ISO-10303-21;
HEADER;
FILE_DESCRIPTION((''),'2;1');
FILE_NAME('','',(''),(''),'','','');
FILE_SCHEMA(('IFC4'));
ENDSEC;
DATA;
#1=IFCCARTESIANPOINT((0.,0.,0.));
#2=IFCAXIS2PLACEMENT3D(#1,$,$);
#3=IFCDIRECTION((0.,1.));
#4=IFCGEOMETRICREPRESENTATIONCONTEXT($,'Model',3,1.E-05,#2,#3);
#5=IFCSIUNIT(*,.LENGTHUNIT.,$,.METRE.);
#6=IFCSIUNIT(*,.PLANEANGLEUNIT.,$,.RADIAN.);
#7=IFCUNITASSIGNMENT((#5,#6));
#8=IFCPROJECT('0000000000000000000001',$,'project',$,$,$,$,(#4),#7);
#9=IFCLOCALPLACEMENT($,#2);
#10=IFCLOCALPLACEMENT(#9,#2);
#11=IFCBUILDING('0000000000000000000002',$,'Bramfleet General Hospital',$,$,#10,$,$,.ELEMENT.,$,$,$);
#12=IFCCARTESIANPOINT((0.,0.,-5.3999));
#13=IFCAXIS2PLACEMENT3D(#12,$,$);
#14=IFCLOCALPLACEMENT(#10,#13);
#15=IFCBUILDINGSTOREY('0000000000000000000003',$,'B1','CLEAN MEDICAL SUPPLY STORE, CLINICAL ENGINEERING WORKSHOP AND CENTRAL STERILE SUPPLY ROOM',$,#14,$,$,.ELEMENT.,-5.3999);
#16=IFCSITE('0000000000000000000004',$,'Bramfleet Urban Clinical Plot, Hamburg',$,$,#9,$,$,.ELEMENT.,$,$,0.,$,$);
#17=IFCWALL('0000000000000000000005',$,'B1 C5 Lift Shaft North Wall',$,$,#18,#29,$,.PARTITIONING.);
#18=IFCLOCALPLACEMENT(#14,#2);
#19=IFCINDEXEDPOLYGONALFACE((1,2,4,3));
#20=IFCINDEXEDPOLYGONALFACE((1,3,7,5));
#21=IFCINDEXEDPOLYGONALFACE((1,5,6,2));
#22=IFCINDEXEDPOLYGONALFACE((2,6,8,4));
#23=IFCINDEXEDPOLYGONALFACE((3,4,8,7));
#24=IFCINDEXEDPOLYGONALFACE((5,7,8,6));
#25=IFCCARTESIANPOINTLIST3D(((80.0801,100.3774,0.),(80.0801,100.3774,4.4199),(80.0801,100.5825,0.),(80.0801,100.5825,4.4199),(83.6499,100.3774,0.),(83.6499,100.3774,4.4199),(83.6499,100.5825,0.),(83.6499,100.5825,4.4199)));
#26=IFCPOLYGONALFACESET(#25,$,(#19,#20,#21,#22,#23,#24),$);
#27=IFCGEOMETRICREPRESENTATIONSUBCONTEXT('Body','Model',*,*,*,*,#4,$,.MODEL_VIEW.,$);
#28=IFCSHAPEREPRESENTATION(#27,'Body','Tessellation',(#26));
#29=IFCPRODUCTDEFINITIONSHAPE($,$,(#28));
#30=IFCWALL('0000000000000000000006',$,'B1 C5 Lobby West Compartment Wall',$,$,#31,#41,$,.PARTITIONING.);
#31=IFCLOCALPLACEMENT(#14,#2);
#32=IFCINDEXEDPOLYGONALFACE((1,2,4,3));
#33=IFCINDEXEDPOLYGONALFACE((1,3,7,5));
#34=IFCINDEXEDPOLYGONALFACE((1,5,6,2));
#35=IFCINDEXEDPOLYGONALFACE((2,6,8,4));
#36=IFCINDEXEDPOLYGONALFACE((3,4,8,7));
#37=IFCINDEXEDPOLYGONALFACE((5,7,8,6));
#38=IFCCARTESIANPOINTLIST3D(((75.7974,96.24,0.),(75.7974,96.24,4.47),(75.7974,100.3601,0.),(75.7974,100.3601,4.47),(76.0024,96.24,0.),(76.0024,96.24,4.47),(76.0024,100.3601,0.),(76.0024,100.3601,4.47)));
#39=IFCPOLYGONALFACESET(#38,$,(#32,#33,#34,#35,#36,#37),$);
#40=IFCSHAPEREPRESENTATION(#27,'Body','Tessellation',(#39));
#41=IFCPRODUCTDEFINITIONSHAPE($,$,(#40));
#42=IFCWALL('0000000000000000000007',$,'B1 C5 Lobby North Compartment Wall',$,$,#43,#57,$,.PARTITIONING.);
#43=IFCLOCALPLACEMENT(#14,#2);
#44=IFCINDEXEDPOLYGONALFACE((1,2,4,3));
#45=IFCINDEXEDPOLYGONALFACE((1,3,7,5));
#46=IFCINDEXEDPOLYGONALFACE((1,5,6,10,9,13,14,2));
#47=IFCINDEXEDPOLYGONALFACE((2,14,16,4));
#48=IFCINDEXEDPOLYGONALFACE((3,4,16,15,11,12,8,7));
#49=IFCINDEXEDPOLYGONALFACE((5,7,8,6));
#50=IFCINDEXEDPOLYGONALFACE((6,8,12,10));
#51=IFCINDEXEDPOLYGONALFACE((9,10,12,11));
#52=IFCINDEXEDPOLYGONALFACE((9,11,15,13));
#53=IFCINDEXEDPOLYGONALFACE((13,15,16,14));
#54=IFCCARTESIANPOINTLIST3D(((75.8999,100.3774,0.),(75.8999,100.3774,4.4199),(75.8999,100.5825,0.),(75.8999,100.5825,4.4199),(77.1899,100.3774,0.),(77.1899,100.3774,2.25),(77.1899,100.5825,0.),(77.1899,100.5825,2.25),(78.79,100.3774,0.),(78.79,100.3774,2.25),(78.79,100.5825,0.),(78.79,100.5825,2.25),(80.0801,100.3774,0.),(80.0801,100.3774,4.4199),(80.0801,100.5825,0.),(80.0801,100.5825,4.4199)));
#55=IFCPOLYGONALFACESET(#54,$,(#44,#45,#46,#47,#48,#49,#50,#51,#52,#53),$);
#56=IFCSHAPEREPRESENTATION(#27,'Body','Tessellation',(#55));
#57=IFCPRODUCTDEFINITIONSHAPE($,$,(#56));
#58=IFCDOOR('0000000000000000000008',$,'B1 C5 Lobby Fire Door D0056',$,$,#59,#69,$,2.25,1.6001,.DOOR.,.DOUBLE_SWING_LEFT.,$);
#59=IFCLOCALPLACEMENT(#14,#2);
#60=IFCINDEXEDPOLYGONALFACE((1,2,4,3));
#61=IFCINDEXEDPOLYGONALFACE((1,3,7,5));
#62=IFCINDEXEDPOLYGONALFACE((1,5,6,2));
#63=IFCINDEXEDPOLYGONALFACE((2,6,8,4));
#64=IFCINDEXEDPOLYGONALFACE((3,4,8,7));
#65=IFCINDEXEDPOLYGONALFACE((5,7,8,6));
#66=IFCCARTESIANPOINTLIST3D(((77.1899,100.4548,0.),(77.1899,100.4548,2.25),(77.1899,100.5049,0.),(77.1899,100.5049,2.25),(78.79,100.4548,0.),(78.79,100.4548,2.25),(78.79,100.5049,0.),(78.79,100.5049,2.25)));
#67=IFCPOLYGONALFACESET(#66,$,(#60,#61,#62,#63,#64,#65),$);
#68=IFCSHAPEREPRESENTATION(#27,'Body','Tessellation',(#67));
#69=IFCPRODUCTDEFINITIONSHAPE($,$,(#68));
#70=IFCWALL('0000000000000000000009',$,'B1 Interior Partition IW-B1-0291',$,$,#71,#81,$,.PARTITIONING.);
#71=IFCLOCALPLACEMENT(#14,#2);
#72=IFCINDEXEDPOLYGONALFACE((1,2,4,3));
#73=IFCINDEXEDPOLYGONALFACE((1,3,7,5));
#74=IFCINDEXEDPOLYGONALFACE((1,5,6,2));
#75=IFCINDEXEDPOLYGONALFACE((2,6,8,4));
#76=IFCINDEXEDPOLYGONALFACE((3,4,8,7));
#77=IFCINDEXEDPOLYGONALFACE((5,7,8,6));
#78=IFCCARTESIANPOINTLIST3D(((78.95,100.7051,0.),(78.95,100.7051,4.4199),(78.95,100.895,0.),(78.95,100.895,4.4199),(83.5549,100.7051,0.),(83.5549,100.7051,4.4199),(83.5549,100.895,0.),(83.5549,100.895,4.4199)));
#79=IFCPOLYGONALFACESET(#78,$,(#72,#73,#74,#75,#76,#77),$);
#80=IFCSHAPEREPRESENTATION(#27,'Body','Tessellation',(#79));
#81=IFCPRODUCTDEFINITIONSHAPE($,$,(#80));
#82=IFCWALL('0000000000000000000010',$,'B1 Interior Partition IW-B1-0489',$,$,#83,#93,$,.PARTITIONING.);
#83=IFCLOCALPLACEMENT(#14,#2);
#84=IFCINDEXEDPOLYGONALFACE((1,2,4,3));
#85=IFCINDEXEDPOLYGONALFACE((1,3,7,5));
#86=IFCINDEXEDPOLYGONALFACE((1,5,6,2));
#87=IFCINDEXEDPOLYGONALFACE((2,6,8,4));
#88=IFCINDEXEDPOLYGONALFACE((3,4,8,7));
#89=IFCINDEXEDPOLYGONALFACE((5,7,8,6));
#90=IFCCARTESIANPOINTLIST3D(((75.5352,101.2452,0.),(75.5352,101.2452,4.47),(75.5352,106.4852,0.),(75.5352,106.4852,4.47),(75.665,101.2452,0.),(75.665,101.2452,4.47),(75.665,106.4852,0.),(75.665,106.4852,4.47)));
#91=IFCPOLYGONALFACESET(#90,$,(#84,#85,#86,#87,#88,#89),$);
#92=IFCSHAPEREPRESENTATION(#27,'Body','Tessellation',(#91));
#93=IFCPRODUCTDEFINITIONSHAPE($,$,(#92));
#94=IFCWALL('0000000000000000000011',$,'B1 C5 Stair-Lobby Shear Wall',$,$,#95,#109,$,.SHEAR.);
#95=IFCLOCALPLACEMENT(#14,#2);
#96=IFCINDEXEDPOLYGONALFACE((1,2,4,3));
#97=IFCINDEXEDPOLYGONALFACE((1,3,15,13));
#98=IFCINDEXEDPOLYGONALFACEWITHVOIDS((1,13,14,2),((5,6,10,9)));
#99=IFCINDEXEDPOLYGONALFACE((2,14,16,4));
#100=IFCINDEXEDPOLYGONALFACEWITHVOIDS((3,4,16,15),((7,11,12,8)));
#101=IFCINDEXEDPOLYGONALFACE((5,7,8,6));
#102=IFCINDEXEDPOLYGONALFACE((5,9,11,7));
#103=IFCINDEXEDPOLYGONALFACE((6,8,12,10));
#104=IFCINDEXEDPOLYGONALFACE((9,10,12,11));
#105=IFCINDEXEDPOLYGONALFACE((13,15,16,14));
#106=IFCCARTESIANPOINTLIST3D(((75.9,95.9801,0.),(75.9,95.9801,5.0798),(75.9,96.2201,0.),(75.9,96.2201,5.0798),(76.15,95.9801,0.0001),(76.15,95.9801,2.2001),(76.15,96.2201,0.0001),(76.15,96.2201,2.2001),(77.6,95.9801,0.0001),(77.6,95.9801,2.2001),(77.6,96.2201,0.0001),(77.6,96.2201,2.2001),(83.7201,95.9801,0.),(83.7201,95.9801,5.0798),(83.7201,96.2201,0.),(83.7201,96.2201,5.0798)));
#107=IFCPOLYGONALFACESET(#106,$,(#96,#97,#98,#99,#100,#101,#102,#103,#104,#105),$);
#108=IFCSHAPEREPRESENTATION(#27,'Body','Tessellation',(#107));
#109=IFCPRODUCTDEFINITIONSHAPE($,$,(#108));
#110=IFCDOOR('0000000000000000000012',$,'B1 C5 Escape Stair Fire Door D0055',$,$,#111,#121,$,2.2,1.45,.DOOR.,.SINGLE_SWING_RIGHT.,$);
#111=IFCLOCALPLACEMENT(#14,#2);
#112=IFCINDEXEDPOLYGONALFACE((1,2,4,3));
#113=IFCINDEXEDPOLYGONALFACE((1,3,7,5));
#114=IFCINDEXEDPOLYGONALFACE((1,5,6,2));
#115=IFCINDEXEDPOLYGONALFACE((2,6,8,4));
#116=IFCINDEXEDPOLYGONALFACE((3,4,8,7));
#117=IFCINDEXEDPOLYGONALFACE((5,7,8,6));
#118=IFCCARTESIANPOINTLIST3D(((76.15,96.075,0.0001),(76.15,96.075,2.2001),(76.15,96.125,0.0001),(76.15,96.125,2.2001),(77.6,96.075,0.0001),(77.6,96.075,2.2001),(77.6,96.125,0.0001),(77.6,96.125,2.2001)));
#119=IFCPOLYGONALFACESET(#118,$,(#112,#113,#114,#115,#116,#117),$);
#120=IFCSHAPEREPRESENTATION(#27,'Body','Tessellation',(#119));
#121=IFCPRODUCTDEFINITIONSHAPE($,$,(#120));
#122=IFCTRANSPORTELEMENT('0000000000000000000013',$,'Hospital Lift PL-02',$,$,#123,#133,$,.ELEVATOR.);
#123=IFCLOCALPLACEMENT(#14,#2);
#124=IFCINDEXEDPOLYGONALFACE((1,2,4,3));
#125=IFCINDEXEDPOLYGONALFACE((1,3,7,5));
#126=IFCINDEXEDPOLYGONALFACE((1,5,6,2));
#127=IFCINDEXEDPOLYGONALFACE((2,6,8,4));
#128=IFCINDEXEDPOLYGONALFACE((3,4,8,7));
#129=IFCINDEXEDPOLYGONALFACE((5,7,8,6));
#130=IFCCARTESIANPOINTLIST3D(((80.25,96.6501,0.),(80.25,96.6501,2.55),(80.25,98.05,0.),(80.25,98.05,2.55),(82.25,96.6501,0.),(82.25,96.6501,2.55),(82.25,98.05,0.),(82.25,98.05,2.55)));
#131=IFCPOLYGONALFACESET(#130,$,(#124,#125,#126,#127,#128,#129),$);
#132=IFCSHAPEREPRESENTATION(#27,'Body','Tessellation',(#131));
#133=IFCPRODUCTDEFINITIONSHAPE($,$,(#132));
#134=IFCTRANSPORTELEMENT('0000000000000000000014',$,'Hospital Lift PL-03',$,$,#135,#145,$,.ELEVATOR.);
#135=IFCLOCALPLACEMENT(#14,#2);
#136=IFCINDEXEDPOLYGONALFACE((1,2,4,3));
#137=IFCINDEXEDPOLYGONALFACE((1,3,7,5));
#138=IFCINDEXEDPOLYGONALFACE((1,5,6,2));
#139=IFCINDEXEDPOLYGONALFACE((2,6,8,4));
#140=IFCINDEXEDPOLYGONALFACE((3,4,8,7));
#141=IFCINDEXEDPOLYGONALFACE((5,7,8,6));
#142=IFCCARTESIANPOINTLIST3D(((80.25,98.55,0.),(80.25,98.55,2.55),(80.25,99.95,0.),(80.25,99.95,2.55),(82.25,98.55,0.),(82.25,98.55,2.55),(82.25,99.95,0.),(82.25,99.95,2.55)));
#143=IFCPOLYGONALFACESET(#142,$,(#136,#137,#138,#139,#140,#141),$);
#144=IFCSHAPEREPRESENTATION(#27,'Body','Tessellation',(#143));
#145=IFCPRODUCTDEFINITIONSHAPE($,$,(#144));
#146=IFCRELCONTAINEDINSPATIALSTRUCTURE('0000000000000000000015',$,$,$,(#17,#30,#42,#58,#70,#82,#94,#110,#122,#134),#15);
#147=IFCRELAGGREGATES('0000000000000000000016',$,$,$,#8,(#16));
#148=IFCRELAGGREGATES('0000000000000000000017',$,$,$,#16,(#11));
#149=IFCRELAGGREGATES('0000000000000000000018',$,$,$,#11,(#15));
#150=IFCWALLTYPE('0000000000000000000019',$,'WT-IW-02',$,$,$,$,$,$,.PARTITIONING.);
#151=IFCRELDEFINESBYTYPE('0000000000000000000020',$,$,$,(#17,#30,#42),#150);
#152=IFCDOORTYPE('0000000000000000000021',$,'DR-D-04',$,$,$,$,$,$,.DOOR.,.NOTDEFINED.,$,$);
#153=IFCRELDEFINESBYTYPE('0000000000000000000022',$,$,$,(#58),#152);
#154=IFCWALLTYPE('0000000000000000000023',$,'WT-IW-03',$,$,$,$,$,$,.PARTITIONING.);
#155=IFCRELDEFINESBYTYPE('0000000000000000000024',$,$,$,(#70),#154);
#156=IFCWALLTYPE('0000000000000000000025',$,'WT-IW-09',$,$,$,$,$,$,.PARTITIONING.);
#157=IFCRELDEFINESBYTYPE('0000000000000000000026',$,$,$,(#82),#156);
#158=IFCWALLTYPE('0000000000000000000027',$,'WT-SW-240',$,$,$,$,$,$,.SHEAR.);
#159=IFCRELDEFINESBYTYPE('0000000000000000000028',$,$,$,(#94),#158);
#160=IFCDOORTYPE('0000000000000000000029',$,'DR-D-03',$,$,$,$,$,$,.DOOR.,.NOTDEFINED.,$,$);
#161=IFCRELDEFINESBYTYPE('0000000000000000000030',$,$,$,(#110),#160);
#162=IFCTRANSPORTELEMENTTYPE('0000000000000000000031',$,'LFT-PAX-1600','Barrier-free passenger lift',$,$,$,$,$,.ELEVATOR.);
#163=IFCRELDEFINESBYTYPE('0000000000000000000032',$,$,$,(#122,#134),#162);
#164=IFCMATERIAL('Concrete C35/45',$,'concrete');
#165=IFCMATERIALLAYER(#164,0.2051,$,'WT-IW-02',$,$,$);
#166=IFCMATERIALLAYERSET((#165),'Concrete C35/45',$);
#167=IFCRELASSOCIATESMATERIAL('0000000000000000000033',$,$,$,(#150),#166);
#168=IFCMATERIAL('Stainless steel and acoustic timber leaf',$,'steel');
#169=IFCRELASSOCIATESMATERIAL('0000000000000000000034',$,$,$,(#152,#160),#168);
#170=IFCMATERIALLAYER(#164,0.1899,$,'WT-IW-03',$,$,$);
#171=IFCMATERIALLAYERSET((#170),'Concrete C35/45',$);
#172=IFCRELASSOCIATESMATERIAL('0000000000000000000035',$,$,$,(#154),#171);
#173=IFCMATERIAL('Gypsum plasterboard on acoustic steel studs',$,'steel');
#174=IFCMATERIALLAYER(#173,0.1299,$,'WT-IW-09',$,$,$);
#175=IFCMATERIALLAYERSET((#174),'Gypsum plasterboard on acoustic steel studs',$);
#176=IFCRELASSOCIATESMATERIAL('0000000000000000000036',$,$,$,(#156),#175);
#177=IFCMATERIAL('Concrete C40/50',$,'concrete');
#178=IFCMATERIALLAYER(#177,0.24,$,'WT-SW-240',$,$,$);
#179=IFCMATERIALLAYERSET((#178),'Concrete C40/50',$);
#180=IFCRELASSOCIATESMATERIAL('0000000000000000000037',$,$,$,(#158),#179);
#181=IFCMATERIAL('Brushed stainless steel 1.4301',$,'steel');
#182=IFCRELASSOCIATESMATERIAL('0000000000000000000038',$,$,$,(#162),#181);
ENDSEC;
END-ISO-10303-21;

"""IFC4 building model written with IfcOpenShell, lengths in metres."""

from ifc_helpers import new_model, si_unit, direction, frame, frame_2d, origin, origin_2d, place, context, subcontext, project, spatial, rectangle, extrude, material, layer, layer_set, type_object, element, fill, save


model = new_model("IFC4")

# Units and contexts
model_context = context("Model", 3, precision=1e-05, world=origin(), true_north=direction((0.0, 1.0)))
body_context = subcontext(model_context, "Body", "Model", "MODEL_VIEW")
ifc_project = project(units=[si_unit("LENGTHUNIT", "METRE"), si_unit("PLANEANGLEUNIT", "RADIAN")], contexts=[model_context])

# Site, building, storey
site_placement = place(None, origin())
site = spatial("IfcSite", under=ifc_project, at=site_placement, Name="Bramfleet Urban Clinical Plot, Hamburg", CompositionType="ELEMENT", RefElevation=0.0)
building_placement = place(site_placement, origin())
building = spatial("IfcBuilding", under=site, at=building_placement, Name="Bramfleet General Hospital", CompositionType="ELEMENT")
storey_placement = place(building_placement, frame((0.0, 0.0, -5.3999)))
storey = spatial("IfcBuildingStorey", under=building, at=storey_placement, Name="B1", Description="CLEAN MEDICAL SUPPLY STORE, CLINICAL ENGINEERING WORKSHOP AND CENTRAL STERILE SUPPLY ROOM", CompositionType="ELEMENT", Elevation=-5.3999)

# Shared definitions
ifc_material_1 = material(Name="Concrete C35/45", Category="concrete")

# Shared definitions
ifc_material_2 = material(Name="Concrete C40/50", Category="concrete")

# Shared definitions
ifc_layer_1 = layer(ifc_material_1, 0.2051, Name="WT-IW-02")
ifc_layer_set_1 = layer_set([ifc_layer_1], Name="Concrete C35/45")
wall_type_1 = type_object("IfcWallType", Name="WT-IW-02", PredefinedType="PARTITIONING", material=ifc_layer_set_1)
ifc_material_3 = material(Name="Brushed stainless steel 1.4301", Category="steel")

# Walls
wall_1_placement = place(storey_placement, frame((80.0801, 100.48, 0.0), z_axis=(0.0, 0.0, 1.0), x_axis=(1.0, 0.0, 0.0)))
element("IfcWall", 1, at=wall_1_placement, inside=storey, type_object=wall_type_1, Name="B1 C5 Lift Shaft North Wall", PredefinedType="PARTITIONING", context=body_context, shape_type="SweptSolid", body=[
    extrude(rectangle(XDim=3.5698, YDim=0.2051, at=frame_2d((1.7849, 0.0))), origin(), (0.0, 0.0, 1.0), 4.4199),
])
wall_2_placement = place(storey_placement, frame((75.8999, 96.24, 0.0), z_axis=(0.0, 0.0, 1.0), x_axis=(0.0, 1.0, 0.0)))
element("IfcWall", 2, at=wall_2_placement, inside=storey, type_object=wall_type_1, Name="B1 C5 Lobby West Compartment Wall", PredefinedType="PARTITIONING", context=body_context, shape_type="SweptSolid", body=[
    extrude(rectangle(XDim=4.1201, YDim=0.2051, at=frame_2d((2.0601, 0.0))), origin(), (0.0, 0.0, 1.0), 4.47),
])

# Wall, opening, door
wall_3_placement = place(storey_placement, frame((75.8999, 100.48, 0.0), z_axis=(0.0, 0.0, 1.0), x_axis=(1.0, 0.0, 0.0)))
wall_3 = element("IfcWall", 3, at=wall_3_placement, inside=storey, type_object=wall_type_1, Name="B1 C5 Lobby North Compartment Wall", PredefinedType="PARTITIONING", context=body_context, shape_type="SweptSolid", body=[
    extrude(rectangle(XDim=4.1802, YDim=0.2051, at=frame_2d((2.0901, 0.0))), origin(), (0.0, 0.0, 1.0), 4.4199),
])
opening_1_placement = place(wall_3_placement, frame((1.29, 0.0, 0.0)))
opening_1 = element("IfcOpeningElement", 4, at=opening_1_placement, cuts=wall_3, PredefinedType="OPENING", context=body_context, shape_type="SweptSolid", body=[
    extrude(rectangle(XDim=1.6001, YDim=2.25, at=frame_2d((0.8, 1.125))), frame((0.0, 0.1125, 0.0), z_axis=(0.0, -1.0, 0.0), x_axis=(1.0, 0.0, 0.0)), (0.0, 0.0, 1.0), 0.2251),
])
ifc_material_4 = material(Name="Stainless steel and acoustic timber leaf", Category="steel")
door_type_1 = type_object("IfcDoorType", Name="DR-D-04", OperationType="NOTDEFINED", PredefinedType="DOOR", material=ifc_material_4)
door_1_placement = place(opening_1_placement, origin())
door_1 = element("IfcDoor", 5, at=door_1_placement, inside=storey, type_object=door_type_1, Name="B1 C5 Lobby Fire Door D0056", OperationType="DOUBLE_SWING_LEFT", OverallHeight=2.25, OverallWidth=1.6001, PredefinedType="DOOR", context=body_context, shape_type="SweptSolid", body=[
    extrude(rectangle(XDim=1.6001, YDim=2.25, at=frame_2d((0.8, 1.125))), frame((0.0, 0.0249, 0.0), z_axis=(0.0, -1.0, 0.0), x_axis=(1.0, 0.0, 0.0)), (0.0, 0.0, 1.0), 0.05),
])
fill(opening_1, door_1)

# Walls
ifc_layer_2 = layer(ifc_material_1, 0.1899, Name="WT-IW-03")
ifc_layer_set_2 = layer_set([ifc_layer_2], Name="Concrete C35/45")
wall_type_2 = type_object("IfcWallType", Name="WT-IW-03", PredefinedType="PARTITIONING", material=ifc_layer_set_2)
wall_4_placement = place(storey_placement, frame((78.95, 100.8, 0.0), z_axis=(0.0, 0.0, 1.0), x_axis=(1.0, 0.0, 0.0)))
element("IfcWall", 6, at=wall_4_placement, inside=storey, type_object=wall_type_2, Name="B1 Interior Partition IW-B1-0291", PredefinedType="PARTITIONING", context=body_context, shape_type="SweptSolid", body=[
    extrude(rectangle(XDim=4.605, YDim=0.1899, at=frame_2d((2.3025, 0.0))), origin(), (0.0, 0.0, 1.0), 4.4199),
])
ifc_material_5 = material(Name="Gypsum plasterboard on acoustic steel studs", Category="steel")
ifc_layer_3 = layer(ifc_material_5, 0.1299, Name="WT-IW-09")
ifc_layer_set_3 = layer_set([ifc_layer_3], Name="Gypsum plasterboard on acoustic steel studs")
wall_type_3 = type_object("IfcWallType", Name="WT-IW-09", PredefinedType="PARTITIONING", material=ifc_layer_set_3)
wall_5_placement = place(storey_placement, frame((75.6001, 101.2451, 0.0), z_axis=(0.0, 0.0, 1.0), x_axis=(0.0, 1.0, 0.0)))
element("IfcWall", 7, at=wall_5_placement, inside=storey, type_object=wall_type_3, Name="B1 Interior Partition IW-B1-0489", PredefinedType="PARTITIONING", context=body_context, shape_type="SweptSolid", body=[
    extrude(rectangle(XDim=5.24, YDim=0.1299, at=frame_2d((2.6201, 0.0))), origin(), (0.0, 0.0, 1.0), 4.47),
])

# Wall, opening, door
ifc_layer_4 = layer(ifc_material_2, 0.24, Name="WT-SW-240")
ifc_layer_set_4 = layer_set([ifc_layer_4], Name="Concrete C40/50")
wall_type_4 = type_object("IfcWallType", Name="WT-SW-240", PredefinedType="SHEAR", material=ifc_layer_set_4)
wall_6_placement = place(storey_placement, frame((75.8999, 96.1001, 0.0), z_axis=(0.0, 0.0, 1.0), x_axis=(1.0, 0.0, 0.0)))
wall_6 = element("IfcWall", 8, at=wall_6_placement, inside=storey, type_object=wall_type_4, Name="B1 C5 Stair-Lobby Shear Wall", PredefinedType="SHEAR", context=body_context, shape_type="SweptSolid", body=[
    extrude(rectangle(XDim=7.8201, YDim=0.24, at=frame_2d((3.9102, 0.0))), origin(), (0.0, 0.0, 1.0), 5.0798),
])
opening_2_placement = place(wall_6_placement, frame((0.25, 0.0, 0.0)))
opening_2 = element("IfcOpeningElement", 9, at=opening_2_placement, cuts=wall_6, PredefinedType="OPENING", context=body_context, shape_type="SweptSolid", body=[
    extrude(rectangle(XDim=1.45, YDim=2.2, at=frame_2d((0.7251, 1.1001))), frame((0.0, 0.1299, 0.0), z_axis=(0.0, -1.0, 0.0), x_axis=(1.0, 0.0, 0.0)), (0.0, 0.0, 1.0), 0.26),
])
door_type_2 = type_object("IfcDoorType", Name="DR-D-03", OperationType="NOTDEFINED", PredefinedType="DOOR", material=ifc_material_4)
door_2_placement = place(opening_2_placement, origin())
door_2 = element("IfcDoor", 10, at=door_2_placement, inside=storey, type_object=door_type_2, Name="B1 C5 Escape Stair Fire Door D0055", OperationType="SINGLE_SWING_RIGHT", OverallHeight=2.2, OverallWidth=1.45, PredefinedType="DOOR", context=body_context, shape_type="SweptSolid", body=[
    extrude(rectangle(XDim=1.45, YDim=2.2, at=frame_2d((0.7251, 1.1001))), frame((0.0, 0.0249, 0.0), z_axis=(0.0, -1.0, 0.0), x_axis=(1.0, 0.0, 0.0)), (0.0, 0.0, 1.0), 0.05),
])
fill(opening_2, door_2)

# Transport elements
transport_element_type = type_object("IfcTransportElementType", Name="LFT-PAX-1600", Description="Barrier-free passenger lift", PredefinedType="ELEVATOR", material=ifc_material_3)
for number, where, z_axis, x_axis, name in (
    (11, (81.25, 97.3501, 0.0), (0.0, 0.0, 1.0), (1.0, 0.0, 0.0), "Hospital Lift PL-02"),
    (12, (81.25, 99.25, 0.0), (0.0, 0.0, 1.0), (1.0, 0.0, 0.0), "Hospital Lift PL-03"),
):
    element("IfcTransportElement", number, at=place(storey_placement, frame(where, z_axis=z_axis, x_axis=x_axis)), inside=storey, type_object=transport_element_type, Name=name, PredefinedType="ELEVATOR", context=body_context, shape_type="SweptSolid", body=[
        extrude(rectangle(XDim=2.0, YDim=1.3999, at=origin_2d()), origin(), (0.0, 0.0, 1.0), 2.55),
    ])

save(model, "model.ifc")
